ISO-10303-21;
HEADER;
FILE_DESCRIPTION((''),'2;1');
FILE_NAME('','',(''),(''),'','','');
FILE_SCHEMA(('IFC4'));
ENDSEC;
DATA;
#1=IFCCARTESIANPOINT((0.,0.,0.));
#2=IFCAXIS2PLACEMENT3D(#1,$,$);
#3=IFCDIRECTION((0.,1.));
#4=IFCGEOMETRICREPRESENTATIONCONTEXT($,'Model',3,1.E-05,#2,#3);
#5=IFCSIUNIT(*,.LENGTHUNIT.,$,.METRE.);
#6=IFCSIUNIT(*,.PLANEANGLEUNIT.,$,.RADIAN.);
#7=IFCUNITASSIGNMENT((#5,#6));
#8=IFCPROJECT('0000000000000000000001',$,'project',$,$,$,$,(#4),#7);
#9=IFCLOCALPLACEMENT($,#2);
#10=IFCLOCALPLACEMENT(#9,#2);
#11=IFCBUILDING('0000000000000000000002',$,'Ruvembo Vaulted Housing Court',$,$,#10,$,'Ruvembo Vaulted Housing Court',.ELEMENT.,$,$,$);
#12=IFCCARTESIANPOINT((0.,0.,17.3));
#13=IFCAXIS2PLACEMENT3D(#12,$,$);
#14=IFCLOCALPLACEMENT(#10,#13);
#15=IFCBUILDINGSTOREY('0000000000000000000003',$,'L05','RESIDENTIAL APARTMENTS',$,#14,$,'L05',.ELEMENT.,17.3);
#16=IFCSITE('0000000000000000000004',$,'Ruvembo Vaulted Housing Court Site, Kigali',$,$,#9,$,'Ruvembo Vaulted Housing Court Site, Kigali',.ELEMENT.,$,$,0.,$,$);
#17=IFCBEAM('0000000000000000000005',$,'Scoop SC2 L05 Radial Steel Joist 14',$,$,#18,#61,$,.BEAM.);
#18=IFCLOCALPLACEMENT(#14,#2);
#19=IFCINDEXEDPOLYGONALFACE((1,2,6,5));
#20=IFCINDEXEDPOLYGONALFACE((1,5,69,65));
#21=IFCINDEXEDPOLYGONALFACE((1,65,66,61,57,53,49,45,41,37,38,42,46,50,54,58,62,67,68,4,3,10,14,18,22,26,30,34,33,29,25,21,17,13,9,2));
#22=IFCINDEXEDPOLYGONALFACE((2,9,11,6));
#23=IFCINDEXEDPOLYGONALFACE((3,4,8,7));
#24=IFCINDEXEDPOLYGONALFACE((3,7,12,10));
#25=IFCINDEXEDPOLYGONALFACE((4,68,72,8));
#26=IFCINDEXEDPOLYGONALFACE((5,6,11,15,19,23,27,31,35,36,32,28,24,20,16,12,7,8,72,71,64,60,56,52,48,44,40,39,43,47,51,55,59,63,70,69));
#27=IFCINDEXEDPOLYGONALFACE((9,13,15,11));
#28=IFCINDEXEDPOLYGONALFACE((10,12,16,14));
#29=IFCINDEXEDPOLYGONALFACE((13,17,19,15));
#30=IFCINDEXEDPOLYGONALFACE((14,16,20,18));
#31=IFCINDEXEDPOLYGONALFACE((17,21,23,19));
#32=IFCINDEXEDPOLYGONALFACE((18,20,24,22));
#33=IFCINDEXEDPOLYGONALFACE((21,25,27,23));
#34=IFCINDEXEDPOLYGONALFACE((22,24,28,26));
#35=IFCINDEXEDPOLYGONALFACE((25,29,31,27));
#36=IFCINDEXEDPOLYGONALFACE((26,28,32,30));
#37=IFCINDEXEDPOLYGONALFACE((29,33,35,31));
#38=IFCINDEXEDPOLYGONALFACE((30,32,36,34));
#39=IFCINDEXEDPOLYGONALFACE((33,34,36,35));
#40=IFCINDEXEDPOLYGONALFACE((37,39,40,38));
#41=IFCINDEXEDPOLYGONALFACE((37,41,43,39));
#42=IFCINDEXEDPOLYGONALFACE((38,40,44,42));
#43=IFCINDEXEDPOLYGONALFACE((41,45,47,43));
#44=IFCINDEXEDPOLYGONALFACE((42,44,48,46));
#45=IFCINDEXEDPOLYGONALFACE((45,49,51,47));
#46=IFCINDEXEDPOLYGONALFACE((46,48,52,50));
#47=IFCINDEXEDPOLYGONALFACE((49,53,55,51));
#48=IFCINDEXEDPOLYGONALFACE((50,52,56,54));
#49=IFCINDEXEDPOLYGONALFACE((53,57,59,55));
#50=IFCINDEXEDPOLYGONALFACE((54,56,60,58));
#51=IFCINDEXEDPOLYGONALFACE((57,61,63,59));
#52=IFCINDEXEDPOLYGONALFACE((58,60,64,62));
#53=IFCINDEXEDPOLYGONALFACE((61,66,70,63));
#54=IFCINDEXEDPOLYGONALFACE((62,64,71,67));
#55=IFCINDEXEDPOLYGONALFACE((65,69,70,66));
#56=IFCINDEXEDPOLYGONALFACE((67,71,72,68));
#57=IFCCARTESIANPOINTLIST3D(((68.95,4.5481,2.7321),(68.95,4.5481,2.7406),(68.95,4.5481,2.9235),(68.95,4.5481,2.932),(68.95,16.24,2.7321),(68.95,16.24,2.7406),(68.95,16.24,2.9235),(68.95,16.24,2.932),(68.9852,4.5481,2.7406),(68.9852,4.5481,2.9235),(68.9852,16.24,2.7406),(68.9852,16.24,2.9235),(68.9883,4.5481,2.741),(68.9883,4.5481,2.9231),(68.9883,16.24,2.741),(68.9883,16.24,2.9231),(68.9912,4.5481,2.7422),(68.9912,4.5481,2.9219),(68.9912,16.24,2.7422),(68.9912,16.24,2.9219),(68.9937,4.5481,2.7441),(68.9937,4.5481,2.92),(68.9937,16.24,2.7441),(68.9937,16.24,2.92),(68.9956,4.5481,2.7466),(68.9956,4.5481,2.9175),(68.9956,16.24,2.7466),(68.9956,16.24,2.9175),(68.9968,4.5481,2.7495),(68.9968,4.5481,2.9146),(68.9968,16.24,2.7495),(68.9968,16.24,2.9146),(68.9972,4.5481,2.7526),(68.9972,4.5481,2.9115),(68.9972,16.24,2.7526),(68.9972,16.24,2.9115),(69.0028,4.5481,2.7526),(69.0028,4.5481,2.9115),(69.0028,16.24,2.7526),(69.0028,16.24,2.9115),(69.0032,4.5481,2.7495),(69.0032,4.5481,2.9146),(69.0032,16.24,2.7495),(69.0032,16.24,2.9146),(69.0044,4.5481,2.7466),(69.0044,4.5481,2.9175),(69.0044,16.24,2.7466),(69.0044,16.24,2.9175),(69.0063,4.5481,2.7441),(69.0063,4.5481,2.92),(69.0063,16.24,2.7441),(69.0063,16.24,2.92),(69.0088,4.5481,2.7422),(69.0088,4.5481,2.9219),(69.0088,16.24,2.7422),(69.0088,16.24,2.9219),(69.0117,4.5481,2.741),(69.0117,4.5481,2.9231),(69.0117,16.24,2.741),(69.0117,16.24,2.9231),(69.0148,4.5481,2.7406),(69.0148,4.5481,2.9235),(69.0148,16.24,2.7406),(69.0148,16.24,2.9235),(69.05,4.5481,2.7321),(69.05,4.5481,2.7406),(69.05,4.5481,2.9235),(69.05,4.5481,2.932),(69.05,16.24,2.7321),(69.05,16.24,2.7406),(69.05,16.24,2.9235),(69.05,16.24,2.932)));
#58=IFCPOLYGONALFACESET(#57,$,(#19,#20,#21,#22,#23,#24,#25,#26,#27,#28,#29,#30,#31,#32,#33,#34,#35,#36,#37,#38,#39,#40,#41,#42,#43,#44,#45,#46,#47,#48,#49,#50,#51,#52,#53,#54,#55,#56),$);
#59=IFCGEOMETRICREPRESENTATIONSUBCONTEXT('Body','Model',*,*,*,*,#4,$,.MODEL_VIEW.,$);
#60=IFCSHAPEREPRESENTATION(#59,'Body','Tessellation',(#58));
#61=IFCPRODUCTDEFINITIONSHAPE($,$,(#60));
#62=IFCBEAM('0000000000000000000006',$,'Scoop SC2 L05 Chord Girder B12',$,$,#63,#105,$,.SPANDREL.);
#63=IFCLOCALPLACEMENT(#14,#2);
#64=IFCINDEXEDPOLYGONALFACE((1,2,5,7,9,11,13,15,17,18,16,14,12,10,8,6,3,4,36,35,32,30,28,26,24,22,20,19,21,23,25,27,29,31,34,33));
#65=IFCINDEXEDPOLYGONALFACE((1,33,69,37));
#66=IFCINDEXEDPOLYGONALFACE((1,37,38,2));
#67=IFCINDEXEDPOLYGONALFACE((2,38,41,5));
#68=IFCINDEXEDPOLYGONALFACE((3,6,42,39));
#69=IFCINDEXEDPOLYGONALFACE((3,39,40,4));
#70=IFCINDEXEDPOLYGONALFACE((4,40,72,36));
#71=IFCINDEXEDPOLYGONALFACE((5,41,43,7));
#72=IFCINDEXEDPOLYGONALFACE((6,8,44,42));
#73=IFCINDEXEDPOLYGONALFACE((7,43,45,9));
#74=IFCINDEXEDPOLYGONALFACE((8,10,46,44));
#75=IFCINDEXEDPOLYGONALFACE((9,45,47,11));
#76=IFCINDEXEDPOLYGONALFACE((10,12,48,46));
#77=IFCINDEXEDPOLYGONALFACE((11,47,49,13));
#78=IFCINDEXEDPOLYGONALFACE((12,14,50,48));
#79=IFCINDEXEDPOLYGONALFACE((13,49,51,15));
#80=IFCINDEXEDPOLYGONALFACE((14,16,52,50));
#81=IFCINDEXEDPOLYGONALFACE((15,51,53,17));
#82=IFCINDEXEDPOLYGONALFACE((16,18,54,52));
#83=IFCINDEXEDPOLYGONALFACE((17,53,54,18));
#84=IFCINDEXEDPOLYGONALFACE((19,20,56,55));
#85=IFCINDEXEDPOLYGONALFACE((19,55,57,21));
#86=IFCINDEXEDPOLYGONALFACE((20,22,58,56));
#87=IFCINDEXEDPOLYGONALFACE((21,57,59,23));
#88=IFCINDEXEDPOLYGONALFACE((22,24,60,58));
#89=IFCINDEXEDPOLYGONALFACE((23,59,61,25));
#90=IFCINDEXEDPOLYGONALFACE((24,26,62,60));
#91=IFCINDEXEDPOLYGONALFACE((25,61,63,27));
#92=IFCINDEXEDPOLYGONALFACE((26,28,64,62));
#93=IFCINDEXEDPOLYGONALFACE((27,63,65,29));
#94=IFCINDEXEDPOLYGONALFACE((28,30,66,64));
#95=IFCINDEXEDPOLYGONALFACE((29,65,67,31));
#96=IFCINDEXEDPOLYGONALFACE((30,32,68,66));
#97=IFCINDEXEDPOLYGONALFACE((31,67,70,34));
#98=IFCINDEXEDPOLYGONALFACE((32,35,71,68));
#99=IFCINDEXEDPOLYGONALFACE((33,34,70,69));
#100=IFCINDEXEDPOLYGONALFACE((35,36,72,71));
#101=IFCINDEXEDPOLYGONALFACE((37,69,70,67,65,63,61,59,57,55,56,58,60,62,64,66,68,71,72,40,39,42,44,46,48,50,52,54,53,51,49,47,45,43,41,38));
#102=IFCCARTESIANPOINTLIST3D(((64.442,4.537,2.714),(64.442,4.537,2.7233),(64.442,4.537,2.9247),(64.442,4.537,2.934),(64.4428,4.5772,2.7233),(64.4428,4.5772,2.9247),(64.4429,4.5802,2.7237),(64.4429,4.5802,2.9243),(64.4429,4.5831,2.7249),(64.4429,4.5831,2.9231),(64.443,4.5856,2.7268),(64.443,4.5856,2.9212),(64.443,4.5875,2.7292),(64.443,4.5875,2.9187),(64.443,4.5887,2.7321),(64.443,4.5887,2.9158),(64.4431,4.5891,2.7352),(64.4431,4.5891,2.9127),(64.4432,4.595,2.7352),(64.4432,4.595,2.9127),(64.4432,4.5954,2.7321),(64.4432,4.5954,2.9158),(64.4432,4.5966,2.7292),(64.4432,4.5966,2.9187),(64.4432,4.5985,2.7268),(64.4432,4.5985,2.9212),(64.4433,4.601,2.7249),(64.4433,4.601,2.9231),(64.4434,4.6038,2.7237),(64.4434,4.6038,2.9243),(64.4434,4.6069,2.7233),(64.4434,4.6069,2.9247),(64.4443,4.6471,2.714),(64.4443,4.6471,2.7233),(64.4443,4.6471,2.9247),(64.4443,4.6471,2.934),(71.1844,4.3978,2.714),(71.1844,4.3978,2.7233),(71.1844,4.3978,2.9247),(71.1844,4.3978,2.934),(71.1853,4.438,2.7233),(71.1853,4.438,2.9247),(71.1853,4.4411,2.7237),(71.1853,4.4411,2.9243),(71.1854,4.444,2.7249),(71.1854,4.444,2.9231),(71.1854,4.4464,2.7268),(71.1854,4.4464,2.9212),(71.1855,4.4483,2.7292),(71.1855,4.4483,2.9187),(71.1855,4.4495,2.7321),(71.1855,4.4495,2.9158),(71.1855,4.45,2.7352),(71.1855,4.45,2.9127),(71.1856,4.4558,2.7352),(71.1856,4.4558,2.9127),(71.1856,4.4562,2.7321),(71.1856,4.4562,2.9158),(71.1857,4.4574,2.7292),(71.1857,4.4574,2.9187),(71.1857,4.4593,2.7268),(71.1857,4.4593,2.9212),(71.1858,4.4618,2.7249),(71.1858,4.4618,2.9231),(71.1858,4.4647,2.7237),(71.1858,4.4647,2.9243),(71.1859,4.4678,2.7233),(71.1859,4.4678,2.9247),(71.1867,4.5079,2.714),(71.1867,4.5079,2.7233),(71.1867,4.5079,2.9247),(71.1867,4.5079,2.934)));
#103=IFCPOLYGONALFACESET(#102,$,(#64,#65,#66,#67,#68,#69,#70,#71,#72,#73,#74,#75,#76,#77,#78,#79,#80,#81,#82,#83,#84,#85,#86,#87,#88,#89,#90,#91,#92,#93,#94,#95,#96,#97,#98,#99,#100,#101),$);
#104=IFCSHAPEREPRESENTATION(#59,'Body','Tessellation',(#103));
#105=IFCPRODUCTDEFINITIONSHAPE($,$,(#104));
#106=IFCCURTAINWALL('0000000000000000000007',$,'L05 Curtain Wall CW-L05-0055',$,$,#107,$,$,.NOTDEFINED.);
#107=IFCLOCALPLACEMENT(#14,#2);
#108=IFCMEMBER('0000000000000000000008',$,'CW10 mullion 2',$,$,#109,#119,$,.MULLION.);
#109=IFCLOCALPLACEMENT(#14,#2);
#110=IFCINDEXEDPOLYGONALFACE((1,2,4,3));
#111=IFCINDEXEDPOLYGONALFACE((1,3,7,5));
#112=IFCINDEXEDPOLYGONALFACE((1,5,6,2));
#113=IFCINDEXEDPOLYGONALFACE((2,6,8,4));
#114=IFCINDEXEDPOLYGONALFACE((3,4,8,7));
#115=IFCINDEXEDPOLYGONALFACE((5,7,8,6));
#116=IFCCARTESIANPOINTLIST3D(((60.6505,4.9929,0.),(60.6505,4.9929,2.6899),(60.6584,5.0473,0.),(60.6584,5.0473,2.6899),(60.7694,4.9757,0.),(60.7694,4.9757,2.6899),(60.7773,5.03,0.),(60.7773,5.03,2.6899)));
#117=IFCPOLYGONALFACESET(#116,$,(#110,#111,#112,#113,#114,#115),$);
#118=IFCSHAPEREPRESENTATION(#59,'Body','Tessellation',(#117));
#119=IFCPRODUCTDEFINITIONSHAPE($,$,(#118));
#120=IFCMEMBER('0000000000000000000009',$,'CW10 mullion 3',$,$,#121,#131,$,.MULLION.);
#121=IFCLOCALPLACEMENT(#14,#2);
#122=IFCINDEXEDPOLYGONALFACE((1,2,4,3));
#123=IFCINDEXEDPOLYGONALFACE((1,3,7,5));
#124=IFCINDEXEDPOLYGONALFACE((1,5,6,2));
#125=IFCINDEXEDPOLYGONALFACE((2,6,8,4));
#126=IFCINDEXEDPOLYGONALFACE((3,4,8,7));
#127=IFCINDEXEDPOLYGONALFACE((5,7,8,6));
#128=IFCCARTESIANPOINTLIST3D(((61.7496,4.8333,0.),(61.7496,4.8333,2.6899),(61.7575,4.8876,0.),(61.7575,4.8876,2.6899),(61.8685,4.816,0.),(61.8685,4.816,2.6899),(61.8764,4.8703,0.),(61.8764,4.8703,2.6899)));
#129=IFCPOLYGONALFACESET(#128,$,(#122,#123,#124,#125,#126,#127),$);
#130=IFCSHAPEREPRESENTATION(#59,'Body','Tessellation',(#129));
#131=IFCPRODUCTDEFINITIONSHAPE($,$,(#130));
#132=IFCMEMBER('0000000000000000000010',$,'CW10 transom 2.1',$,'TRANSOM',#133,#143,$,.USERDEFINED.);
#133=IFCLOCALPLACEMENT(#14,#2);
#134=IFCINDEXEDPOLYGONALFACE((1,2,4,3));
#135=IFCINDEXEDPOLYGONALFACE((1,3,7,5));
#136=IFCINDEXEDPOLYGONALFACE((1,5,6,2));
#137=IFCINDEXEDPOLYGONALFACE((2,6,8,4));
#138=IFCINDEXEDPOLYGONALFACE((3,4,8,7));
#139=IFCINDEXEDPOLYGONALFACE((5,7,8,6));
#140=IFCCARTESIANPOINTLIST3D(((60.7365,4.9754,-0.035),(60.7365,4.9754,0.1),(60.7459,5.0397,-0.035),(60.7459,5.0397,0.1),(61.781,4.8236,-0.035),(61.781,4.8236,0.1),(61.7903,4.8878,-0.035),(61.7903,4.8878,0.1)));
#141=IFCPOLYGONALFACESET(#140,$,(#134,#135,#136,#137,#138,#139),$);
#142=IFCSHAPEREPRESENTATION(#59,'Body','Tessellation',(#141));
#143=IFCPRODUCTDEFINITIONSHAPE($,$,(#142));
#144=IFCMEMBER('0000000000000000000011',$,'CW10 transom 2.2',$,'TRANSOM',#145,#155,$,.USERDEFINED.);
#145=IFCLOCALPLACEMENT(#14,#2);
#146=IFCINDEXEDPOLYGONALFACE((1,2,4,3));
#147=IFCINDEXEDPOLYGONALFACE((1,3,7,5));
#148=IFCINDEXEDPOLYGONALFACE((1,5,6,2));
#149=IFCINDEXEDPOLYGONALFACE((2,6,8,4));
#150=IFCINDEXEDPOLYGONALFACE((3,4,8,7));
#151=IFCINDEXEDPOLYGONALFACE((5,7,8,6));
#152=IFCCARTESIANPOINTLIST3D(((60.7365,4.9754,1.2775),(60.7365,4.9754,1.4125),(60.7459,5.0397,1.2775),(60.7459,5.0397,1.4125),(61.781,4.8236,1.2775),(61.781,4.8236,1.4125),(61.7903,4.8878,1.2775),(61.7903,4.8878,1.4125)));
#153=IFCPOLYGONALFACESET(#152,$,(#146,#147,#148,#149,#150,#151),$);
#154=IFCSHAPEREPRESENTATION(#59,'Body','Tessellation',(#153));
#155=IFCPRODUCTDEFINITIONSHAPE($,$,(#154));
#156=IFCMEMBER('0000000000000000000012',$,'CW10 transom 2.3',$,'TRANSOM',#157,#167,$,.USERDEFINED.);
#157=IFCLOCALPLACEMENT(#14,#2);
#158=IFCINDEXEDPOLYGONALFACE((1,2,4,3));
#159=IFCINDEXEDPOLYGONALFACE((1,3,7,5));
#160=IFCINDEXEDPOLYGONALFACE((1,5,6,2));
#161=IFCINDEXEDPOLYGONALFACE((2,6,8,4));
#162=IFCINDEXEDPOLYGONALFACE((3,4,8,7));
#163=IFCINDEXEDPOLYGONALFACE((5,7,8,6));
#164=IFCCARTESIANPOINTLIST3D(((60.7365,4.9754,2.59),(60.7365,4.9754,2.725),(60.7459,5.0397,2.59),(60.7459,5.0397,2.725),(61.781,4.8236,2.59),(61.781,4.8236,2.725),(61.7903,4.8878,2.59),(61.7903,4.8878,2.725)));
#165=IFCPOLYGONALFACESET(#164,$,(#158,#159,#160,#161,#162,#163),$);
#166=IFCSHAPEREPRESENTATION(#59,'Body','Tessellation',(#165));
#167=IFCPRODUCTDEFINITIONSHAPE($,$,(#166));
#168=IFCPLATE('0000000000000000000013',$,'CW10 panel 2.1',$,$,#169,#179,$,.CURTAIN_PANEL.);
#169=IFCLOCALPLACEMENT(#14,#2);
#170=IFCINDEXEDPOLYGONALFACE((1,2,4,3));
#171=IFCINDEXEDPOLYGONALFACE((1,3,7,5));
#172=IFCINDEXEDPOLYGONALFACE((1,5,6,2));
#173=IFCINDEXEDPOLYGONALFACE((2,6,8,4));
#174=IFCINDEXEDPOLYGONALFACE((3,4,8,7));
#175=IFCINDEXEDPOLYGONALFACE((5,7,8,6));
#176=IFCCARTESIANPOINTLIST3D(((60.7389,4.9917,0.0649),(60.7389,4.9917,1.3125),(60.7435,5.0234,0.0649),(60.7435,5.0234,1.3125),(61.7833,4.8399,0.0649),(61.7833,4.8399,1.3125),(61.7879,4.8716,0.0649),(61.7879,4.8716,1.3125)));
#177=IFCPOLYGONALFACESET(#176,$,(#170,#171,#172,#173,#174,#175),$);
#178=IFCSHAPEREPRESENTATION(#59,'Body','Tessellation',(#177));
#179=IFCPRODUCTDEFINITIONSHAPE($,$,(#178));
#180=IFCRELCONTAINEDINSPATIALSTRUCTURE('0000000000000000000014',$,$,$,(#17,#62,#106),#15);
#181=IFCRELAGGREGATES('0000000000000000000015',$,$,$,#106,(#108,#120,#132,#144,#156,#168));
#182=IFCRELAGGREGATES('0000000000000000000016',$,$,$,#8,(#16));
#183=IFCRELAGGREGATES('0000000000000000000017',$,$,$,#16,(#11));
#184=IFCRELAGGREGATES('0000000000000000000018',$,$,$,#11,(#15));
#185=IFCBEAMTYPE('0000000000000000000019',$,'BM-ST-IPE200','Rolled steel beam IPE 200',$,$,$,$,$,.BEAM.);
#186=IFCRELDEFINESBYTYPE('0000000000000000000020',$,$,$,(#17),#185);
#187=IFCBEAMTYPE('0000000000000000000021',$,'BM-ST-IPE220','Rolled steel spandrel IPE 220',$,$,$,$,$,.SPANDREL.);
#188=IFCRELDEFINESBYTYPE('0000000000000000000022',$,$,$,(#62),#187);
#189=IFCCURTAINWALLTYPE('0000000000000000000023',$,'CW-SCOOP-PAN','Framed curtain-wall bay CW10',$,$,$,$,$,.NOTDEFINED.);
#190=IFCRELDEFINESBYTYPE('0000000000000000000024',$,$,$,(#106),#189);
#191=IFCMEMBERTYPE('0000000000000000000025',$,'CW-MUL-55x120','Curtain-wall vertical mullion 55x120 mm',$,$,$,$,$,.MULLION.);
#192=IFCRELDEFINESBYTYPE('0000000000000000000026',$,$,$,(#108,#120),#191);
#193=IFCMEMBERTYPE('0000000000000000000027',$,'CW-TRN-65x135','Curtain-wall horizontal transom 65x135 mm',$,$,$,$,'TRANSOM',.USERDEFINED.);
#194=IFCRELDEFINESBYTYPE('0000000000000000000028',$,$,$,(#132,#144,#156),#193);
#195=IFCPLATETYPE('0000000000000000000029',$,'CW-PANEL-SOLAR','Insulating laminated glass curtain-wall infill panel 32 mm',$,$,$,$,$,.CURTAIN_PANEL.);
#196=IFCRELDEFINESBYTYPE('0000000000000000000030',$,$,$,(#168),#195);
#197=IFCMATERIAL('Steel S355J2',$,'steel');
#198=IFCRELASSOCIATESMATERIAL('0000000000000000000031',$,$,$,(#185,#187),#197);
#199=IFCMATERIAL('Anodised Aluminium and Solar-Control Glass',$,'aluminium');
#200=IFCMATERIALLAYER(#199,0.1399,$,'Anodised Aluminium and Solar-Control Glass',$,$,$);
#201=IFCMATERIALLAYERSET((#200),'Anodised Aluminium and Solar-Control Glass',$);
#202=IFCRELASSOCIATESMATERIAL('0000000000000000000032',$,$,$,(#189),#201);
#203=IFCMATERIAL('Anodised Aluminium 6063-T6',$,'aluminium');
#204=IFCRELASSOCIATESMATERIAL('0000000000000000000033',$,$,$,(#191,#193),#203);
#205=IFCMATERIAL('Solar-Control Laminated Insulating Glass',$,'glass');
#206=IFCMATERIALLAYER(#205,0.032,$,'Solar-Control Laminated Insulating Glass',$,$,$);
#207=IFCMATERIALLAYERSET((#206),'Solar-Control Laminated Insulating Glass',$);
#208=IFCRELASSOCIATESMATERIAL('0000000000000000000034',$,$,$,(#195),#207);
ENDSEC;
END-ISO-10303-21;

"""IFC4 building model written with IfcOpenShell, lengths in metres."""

from ifc_helpers import new_model, si_unit, direction, frame, origin, origin_2d, place, context, subcontext, project, spatial, rectangle, i_section, extrude, material, layer, layer_set, material_profile, profile_set, type_object, element, aggregate, save


model = new_model("IFC4")

# Units and contexts
model_context = context("Model", 3, precision=1e-05, world=origin(), true_north=direction((0.0, 1.0)))
body_context = subcontext(model_context, "Body", "Model", "MODEL_VIEW")
ifc_project = project(units=[si_unit("LENGTHUNIT", "METRE"), si_unit("PLANEANGLEUNIT", "RADIAN")], contexts=[model_context])

# Site, building, storey
site_placement = place(None, origin())
site = spatial("IfcSite", under=ifc_project, at=site_placement, Name="Ruvembo Vaulted Housing Court Site, Kigali", LongName="Ruvembo Vaulted Housing Court Site, Kigali", CompositionType="ELEMENT", RefElevation=0.0)
building_placement = place(site_placement, origin())
building = spatial("IfcBuilding", under=site, at=building_placement, Name="Ruvembo Vaulted Housing Court", LongName="Ruvembo Vaulted Housing Court", CompositionType="ELEMENT")
storey_placement = place(building_placement, frame((0.0, 0.0, 17.3)))
storey = spatial("IfcBuildingStorey", under=building, at=storey_placement, Name="L05", Description="RESIDENTIAL APARTMENTS", LongName="L05", CompositionType="ELEMENT", Elevation=17.3)

# Beams
ifc_material_1 = material(Name="Steel S355J2", Category="steel")
ifc_material_profile_1 = material_profile(ifc_material_1, i_section(OverallWidth=0.1001, OverallDepth=0.2, WebThickness=0.0056, FlangeThickness=0.0085, FilletRadius=0.012, at=origin_2d()), Name="IPE 200")
ifc_profile_set_1 = profile_set([ifc_material_profile_1], Name="Steel S355J2")
beam_type_1 = type_object("IfcBeamType", Name="BM-ST-IPE200", Description="Rolled steel beam IPE 200", PredefinedType="BEAM", material=ifc_profile_set_1)
beam_1_placement = place(storey_placement, frame((69.0, 4.5481, 2.832), z_axis=(0.0, 1.0, 0.0), x_axis=(-1.0, 0.0, 0.0)))
element("IfcBeam", 1, at=beam_1_placement, inside=storey, type_object=beam_type_1, Name="Scoop SC2 L05 Radial Steel Joist 14", PredefinedType="BEAM", context=body_context, shape_type="SweptSolid", body=[
    extrude(i_section(OverallWidth=0.1001, OverallDepth=0.2, WebThickness=0.0056, FlangeThickness=0.0085, FilletRadius=0.012, at=origin_2d()), origin(), (0.0, 0.0, 1.0), 11.6919),
])
ifc_material_profile_2 = material_profile(ifc_material_1, i_section(OverallWidth=0.1101, OverallDepth=0.22, WebThickness=0.0059, FlangeThickness=0.0093, FilletRadius=0.012, at=origin_2d()), Name="IPE 220")
ifc_profile_set_2 = profile_set([ifc_material_profile_2], Name="Steel S355J2")
beam_type_2 = type_object("IfcBeamType", Name="BM-ST-IPE220", Description="Rolled steel spandrel IPE 220", PredefinedType="SPANDREL", material=ifc_profile_set_2)
beam_2_placement = place(storey_placement, frame((64.4431, 4.592, 2.824), z_axis=(0.999787, -0.020635, 0.0), x_axis=(0.020635, 0.999787, 0.0)))
element("IfcBeam", 2, at=beam_2_placement, inside=storey, type_object=beam_type_2, Name="Scoop SC2 L05 Chord Girder B12", PredefinedType="SPANDREL", context=body_context, shape_type="SweptSolid", body=[
    extrude(i_section(OverallWidth=0.1101, OverallDepth=0.22, WebThickness=0.0059, FlangeThickness=0.0093, FilletRadius=0.012, at=origin_2d()), origin(), (0.0, 0.0, 1.0), 6.7439),
])

# Curtain wall, members, plate
ifc_material_2 = material(Name="Anodised Aluminium and Solar-Control Glass", Category="aluminium")
ifc_layer_1 = layer(ifc_material_2, 0.1399, Name="Anodised Aluminium and Solar-Control Glass")
ifc_layer_set_1 = layer_set([ifc_layer_1], Name="Anodised Aluminium and Solar-Control Glass")
curtain_wall_type = type_object("IfcCurtainWallType", Name="CW-SCOOP-PAN", Description="Framed curtain-wall bay CW10", PredefinedType="NOTDEFINED", material=ifc_layer_set_1)
curtain_wall_placement = place(storey_placement, origin())
curtain_wall = element("IfcCurtainWall", 3, at=curtain_wall_placement, inside=storey, type_object=curtain_wall_type, Name="L05 Curtain Wall CW-L05-0055", PredefinedType="NOTDEFINED")
ifc_material_3 = material(Name="Anodised Aluminium 6063-T6", Category="aluminium")
ifc_material_profile_3 = material_profile(ifc_material_3, rectangle(XDim=0.0549, YDim=0.1201, at=origin_2d()), Name="ALU 55x120")
ifc_profile_set_3 = profile_set([ifc_material_profile_3], Name="Anodised Aluminium 6063-T6")
member_type_1 = type_object("IfcMemberType", Name="CW-MUL-55x120", Description="Curtain-wall vertical mullion 55x120 mm", PredefinedType="MULLION", material=ifc_profile_set_3)
member_1_placement = place(storey_placement, frame((60.7139, 5.0115, 0.0), z_axis=(0.0, 0.0, 1.0), x_axis=(0.143851, 0.989599, 0.0)))
member_1 = element("IfcMember", 4, at=member_1_placement, type_object=member_type_1, Name="CW10 mullion 2", PredefinedType="MULLION", context=body_context, shape_type="SweptSolid", body=[
    extrude(rectangle(XDim=0.0549, YDim=0.1201, at=origin_2d()), origin(), (0.0, 0.0, 1.0), 2.6899),
])
member_2_placement = place(storey_placement, frame((61.813, 4.8518, 0.0), z_axis=(0.0, 0.0, 1.0), x_axis=(0.143851, 0.989599, 0.0)))
member_2 = element("IfcMember", 5, at=member_2_placement, type_object=member_type_1, Name="CW10 mullion 3", PredefinedType="MULLION", context=body_context, shape_type="SweptSolid", body=[
    extrude(rectangle(XDim=0.0549, YDim=0.1201, at=origin_2d()), origin(), (0.0, 0.0, 1.0), 2.6899),
])
ifc_material_profile_4 = material_profile(ifc_material_3, rectangle(XDim=0.0649, YDim=0.135, at=origin_2d()), Name="ALU 65x135")
ifc_profile_set_4 = profile_set([ifc_material_profile_4], Name="Anodised Aluminium 6063-T6")
member_type_2 = type_object("IfcMemberType", Name="CW-TRN-65x135", Description="Curtain-wall horizontal transom 65x135 mm", ElementType="TRANSOM", PredefinedType="USERDEFINED", material=ifc_profile_set_4)
member_3_placement = place(storey_placement, frame((60.7412, 5.0076, 0.0325), z_axis=(0.989595, -0.143882, 0.0), x_axis=(0.143882, 0.989595, 0.0)))
member_3 = element("IfcMember", 6, at=member_3_placement, type_object=member_type_2, Name="CW10 transom 2.1", ObjectType="TRANSOM", PredefinedType="USERDEFINED", context=body_context, shape_type="SweptSolid", body=[
    extrude(rectangle(XDim=0.0649, YDim=0.135, at=origin_2d()), origin(), (0.0, 0.0, 1.0), 1.0554),
])
member_4_placement = place(storey_placement, frame((60.7412, 5.0076, 1.345), z_axis=(0.989595, -0.143882, 0.0), x_axis=(0.143882, 0.989595, 0.0)))
member_4 = element("IfcMember", 7, at=member_4_placement, type_object=member_type_2, Name="CW10 transom 2.2", ObjectType="TRANSOM", PredefinedType="USERDEFINED", context=body_context, shape_type="SweptSolid", body=[
    extrude(rectangle(XDim=0.0649, YDim=0.135, at=origin_2d()), origin(), (0.0, 0.0, 1.0), 1.0554),
])
member_5_placement = place(storey_placement, frame((60.7412, 5.0076, 2.6575), z_axis=(0.989595, -0.143882, 0.0), x_axis=(0.143882, 0.989595, 0.0)))
member_5 = element("IfcMember", 8, at=member_5_placement, type_object=member_type_2, Name="CW10 transom 2.3", ObjectType="TRANSOM", PredefinedType="USERDEFINED", context=body_context, shape_type="SweptSolid", body=[
    extrude(rectangle(XDim=0.0649, YDim=0.135, at=origin_2d()), origin(), (0.0, 0.0, 1.0), 1.0554),
])
ifc_material_4 = material(Name="Solar-Control Laminated Insulating Glass", Category="glass")
ifc_layer_2 = layer(ifc_material_4, 0.032, Name="Solar-Control Laminated Insulating Glass")
ifc_layer_set_2 = layer_set([ifc_layer_2], Name="Solar-Control Laminated Insulating Glass")
plate_type_1 = type_object("IfcPlateType", Name="CW-PANEL-SOLAR", Description="Insulating laminated glass curtain-wall infill panel 32 mm", PredefinedType="CURTAIN_PANEL", material=ifc_layer_set_2)
plate_1_placement = place(storey_placement, frame((61.2634, 4.9316, 0.0649), z_axis=(0.0, 0.0, 1.0), x_axis=(0.989599, -0.143851, 0.0)))
plate_1 = element("IfcPlate", 9, at=plate_1_placement, type_object=plate_type_1, Name="CW10 panel 2.1", PredefinedType="CURTAIN_PANEL", context=body_context, shape_type="SweptSolid", body=[
    extrude(rectangle(XDim=1.0554, YDim=0.032, at=origin_2d()), origin(), (0.0, 0.0, 1.0), 1.2476),
])
aggregate(curtain_wall, [member_1, member_2, member_3, member_4, member_5, plate_1])

save(model, "model.ifc")
